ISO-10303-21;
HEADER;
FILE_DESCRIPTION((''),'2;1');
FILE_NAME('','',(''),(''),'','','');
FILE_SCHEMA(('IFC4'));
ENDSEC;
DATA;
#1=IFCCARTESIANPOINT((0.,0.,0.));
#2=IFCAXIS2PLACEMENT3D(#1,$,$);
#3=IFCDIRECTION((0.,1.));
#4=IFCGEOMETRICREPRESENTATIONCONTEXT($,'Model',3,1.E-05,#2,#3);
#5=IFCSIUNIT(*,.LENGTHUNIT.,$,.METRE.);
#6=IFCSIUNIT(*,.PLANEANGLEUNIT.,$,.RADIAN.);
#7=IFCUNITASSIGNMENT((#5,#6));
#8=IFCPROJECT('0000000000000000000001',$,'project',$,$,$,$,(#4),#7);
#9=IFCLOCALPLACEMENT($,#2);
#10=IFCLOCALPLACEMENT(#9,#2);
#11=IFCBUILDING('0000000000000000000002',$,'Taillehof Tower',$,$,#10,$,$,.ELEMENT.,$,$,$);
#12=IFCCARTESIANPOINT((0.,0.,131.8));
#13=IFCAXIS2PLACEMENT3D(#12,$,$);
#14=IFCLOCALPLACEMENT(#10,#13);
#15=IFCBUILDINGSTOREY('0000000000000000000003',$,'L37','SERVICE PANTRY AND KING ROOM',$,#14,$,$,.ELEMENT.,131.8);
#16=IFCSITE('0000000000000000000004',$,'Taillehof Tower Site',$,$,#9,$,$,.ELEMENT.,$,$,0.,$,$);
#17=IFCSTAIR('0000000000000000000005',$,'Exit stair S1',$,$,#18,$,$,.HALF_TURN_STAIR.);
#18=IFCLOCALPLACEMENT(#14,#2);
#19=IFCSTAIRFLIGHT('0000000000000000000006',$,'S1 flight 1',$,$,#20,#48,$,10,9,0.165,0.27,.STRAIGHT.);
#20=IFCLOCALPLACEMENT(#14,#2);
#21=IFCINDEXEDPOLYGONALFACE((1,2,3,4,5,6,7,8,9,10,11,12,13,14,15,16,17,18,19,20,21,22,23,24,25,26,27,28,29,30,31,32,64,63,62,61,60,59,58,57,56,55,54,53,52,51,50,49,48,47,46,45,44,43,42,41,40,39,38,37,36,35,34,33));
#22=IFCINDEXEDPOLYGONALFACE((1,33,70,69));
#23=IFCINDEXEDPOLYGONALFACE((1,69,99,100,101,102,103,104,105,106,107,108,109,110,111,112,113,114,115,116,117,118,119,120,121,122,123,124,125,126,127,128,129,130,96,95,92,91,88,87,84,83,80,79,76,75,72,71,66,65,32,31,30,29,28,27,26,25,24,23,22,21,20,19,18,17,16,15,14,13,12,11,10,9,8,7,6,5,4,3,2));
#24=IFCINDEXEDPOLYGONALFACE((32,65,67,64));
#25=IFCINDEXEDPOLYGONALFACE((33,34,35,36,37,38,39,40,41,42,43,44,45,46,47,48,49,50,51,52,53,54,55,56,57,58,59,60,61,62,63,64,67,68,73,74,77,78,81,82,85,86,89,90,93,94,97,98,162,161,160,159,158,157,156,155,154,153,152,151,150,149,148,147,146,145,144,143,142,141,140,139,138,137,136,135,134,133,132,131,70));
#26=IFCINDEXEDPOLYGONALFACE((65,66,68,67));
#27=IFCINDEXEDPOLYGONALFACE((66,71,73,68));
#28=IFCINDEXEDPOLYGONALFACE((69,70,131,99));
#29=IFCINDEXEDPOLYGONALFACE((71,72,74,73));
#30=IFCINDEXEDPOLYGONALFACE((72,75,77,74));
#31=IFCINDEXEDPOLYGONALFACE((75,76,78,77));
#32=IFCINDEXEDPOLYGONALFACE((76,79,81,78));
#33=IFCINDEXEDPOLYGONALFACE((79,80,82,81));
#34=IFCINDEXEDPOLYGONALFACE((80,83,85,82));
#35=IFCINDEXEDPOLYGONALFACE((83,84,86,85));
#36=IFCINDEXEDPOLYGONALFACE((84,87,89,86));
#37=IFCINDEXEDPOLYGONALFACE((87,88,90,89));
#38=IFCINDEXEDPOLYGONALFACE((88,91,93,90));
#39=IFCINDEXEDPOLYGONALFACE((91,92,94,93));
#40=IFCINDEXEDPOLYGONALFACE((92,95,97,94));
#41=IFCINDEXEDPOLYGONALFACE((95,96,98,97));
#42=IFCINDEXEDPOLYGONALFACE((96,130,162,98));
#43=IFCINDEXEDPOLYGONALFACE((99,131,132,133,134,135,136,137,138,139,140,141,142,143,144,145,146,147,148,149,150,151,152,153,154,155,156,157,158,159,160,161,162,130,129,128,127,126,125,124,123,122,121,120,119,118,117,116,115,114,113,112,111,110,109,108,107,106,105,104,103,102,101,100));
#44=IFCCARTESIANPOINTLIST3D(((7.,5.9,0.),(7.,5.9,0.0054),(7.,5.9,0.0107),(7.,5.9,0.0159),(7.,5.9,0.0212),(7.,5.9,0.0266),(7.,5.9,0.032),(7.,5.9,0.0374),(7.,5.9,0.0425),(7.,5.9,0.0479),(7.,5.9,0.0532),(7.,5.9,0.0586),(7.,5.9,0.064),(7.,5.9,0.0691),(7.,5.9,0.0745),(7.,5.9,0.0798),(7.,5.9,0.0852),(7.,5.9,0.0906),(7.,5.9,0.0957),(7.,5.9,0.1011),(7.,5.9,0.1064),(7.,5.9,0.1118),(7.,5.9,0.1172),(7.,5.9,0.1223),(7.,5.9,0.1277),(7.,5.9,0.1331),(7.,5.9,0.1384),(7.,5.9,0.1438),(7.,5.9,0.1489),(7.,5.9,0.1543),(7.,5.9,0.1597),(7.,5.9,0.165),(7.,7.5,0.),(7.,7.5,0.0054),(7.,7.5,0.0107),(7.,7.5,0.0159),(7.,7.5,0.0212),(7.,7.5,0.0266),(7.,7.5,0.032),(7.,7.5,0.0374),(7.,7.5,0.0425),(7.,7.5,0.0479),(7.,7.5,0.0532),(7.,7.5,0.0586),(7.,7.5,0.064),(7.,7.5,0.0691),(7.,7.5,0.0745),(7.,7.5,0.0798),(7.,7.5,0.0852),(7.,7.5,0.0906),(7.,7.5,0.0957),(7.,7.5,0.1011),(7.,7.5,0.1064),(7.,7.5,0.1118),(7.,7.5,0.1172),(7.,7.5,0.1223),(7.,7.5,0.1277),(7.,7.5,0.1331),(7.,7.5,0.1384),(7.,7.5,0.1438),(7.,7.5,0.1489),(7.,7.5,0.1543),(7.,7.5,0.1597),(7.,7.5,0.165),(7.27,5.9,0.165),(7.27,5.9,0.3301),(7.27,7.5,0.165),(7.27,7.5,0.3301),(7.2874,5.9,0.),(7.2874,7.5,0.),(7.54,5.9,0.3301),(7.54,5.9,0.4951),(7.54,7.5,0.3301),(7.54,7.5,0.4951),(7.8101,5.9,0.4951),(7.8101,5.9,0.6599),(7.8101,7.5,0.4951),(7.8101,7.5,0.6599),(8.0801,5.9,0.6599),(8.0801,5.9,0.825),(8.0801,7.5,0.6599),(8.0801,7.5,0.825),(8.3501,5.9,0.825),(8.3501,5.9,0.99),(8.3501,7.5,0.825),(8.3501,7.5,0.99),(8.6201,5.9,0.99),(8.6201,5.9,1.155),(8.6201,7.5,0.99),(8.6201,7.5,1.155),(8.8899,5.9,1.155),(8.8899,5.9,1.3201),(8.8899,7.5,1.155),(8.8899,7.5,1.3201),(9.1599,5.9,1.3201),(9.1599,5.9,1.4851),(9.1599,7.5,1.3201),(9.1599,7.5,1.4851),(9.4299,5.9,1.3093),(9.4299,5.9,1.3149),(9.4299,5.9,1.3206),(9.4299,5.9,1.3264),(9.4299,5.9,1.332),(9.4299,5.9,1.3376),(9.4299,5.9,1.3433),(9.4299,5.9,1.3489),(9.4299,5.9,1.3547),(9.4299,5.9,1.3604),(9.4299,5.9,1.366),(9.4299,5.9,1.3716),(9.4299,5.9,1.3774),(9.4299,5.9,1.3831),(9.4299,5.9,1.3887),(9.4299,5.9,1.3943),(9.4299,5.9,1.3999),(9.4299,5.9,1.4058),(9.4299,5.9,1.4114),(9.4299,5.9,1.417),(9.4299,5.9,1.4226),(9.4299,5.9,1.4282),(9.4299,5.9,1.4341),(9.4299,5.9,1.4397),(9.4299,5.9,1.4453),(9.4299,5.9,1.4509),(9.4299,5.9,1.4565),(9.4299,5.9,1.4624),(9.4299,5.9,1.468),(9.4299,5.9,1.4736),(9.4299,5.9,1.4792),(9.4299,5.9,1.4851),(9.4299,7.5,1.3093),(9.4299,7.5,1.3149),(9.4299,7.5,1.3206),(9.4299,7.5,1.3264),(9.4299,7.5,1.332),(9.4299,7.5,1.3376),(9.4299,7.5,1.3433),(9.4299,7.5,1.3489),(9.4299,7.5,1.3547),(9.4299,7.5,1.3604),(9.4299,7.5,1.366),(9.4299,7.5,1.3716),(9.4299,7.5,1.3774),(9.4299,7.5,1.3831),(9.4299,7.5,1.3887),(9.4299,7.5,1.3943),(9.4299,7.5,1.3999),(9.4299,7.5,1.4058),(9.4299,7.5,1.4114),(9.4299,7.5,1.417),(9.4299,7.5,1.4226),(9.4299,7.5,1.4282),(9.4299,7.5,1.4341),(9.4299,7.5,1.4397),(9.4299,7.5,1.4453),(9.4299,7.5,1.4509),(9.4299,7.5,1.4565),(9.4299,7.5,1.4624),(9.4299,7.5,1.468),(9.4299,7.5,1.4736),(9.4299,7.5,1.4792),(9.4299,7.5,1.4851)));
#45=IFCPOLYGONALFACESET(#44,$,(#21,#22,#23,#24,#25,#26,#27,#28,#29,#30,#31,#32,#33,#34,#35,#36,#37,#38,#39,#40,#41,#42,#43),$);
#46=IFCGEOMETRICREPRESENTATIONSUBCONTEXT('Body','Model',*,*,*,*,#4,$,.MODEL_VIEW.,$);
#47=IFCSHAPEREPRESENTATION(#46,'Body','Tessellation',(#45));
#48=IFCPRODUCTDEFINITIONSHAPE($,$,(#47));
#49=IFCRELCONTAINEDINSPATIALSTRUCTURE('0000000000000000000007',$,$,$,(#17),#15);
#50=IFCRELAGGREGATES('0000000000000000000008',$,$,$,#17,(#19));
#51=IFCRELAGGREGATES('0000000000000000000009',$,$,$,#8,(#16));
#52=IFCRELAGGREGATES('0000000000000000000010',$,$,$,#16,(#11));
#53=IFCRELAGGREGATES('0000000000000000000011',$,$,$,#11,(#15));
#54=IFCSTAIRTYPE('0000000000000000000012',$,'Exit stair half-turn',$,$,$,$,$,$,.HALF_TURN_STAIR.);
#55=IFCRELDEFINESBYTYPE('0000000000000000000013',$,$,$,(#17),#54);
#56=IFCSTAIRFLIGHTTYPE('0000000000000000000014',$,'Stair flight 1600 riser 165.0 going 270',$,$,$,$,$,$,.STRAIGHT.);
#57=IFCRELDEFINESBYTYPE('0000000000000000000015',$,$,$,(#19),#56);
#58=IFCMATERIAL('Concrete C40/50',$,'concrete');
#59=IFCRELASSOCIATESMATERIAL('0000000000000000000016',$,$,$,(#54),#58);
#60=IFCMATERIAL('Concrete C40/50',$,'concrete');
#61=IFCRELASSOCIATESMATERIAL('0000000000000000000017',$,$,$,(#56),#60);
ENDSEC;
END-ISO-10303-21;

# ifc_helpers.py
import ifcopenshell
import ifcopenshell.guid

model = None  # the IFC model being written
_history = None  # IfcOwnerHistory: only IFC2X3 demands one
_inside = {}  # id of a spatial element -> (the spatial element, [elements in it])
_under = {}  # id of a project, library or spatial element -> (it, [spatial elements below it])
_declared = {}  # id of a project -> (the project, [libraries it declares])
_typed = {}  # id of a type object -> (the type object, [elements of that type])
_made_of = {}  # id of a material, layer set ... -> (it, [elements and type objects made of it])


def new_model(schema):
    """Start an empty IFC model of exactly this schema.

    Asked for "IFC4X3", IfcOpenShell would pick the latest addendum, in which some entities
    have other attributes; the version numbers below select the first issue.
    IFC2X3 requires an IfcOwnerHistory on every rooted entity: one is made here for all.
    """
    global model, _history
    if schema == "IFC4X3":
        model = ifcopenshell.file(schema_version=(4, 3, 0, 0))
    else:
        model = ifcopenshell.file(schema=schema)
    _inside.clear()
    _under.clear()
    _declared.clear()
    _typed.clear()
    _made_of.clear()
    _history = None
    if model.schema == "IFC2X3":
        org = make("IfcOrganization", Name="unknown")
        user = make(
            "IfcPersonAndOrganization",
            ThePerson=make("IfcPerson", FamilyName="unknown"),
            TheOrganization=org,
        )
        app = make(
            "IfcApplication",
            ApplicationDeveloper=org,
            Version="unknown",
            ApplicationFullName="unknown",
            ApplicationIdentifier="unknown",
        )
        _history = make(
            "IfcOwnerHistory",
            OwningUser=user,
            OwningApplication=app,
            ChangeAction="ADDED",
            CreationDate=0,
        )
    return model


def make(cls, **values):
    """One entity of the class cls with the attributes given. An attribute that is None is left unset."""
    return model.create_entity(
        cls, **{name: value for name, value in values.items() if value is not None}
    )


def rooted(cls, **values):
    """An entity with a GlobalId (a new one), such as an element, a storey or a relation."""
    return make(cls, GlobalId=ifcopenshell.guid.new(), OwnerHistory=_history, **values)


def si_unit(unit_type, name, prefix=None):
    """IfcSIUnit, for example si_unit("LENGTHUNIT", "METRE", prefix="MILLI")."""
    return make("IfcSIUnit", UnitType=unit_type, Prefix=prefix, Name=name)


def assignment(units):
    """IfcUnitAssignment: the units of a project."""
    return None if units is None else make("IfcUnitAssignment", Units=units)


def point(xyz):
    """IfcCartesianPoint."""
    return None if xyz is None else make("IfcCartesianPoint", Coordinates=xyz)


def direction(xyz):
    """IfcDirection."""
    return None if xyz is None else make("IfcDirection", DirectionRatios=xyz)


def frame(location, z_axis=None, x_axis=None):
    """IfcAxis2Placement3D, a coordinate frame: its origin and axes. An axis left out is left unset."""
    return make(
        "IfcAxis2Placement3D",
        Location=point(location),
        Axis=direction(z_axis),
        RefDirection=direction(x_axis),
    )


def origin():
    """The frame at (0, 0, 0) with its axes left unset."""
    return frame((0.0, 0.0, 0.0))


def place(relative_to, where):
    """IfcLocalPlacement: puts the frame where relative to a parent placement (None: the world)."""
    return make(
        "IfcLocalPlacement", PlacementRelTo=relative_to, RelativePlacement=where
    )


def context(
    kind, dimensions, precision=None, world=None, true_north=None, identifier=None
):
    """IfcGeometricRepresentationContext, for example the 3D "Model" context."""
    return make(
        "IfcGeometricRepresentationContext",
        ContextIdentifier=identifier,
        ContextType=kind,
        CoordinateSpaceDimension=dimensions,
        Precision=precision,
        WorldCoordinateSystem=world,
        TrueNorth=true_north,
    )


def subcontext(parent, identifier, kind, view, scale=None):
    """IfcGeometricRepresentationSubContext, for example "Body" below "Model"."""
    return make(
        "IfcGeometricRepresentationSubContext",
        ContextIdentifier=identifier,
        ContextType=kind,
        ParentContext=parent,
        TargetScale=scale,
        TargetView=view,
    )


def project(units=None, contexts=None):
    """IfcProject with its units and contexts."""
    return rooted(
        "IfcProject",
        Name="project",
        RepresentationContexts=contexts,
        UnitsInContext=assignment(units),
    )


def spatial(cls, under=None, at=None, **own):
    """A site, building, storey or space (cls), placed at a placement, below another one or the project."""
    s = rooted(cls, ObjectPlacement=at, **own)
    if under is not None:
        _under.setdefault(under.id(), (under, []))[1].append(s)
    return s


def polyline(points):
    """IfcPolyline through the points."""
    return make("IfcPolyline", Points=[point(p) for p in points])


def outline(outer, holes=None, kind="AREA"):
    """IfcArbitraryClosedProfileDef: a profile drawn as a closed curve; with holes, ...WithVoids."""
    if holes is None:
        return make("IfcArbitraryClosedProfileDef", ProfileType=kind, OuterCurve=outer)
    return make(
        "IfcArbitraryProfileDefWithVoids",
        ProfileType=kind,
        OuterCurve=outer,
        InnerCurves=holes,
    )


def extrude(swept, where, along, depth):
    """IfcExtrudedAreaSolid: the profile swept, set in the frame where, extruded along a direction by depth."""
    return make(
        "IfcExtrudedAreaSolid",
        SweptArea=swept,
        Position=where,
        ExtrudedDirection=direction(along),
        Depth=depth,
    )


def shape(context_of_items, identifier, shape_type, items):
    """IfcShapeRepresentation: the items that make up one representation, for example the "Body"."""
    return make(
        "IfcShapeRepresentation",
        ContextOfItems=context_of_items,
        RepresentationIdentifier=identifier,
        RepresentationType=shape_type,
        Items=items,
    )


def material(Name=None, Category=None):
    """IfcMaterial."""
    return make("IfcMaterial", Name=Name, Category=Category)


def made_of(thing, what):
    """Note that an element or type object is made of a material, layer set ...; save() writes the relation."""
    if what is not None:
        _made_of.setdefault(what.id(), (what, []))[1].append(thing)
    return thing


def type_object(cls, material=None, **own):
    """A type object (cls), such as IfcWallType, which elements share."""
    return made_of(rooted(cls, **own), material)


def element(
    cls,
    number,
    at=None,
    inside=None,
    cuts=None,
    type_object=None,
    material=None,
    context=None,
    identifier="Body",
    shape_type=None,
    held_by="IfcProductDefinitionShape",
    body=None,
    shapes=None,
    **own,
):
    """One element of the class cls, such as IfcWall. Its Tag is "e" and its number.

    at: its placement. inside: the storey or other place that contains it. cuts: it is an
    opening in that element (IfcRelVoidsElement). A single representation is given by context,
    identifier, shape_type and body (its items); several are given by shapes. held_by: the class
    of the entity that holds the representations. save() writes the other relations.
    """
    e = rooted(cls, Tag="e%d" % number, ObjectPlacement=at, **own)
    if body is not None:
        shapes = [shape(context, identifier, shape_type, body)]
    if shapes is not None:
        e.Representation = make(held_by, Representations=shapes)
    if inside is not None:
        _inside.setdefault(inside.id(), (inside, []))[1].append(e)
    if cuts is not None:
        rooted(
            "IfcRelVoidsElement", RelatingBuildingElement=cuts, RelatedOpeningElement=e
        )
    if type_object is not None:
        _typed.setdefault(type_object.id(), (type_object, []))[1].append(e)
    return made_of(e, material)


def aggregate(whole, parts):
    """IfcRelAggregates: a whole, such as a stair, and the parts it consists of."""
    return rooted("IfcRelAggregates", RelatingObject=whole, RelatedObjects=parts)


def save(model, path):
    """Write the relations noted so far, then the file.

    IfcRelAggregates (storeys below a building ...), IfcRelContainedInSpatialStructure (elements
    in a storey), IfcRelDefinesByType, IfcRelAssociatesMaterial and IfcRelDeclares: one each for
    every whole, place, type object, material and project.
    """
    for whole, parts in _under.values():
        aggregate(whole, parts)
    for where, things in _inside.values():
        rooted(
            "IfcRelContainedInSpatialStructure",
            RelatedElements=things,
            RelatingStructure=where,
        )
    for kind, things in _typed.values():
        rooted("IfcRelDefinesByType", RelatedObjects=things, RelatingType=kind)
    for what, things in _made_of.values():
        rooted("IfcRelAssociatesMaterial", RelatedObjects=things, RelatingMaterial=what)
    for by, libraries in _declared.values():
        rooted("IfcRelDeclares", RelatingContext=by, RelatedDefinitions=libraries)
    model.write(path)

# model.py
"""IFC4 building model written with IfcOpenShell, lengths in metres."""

from ifc_helpers import new_model, si_unit, direction, frame, origin, place, context, subcontext, project, spatial, polyline, outline, extrude, material, type_object, element, aggregate, save


model = new_model("IFC4")

# Units and contexts
model_context = context("Model", 3, precision=1e-05, world=origin(), true_north=direction((0.0, 1.0)))
body_context = subcontext(model_context, "Body", "Model", "MODEL_VIEW")
ifc_project = project(units=[si_unit("LENGTHUNIT", "METRE"), si_unit("PLANEANGLEUNIT", "RADIAN")], contexts=[model_context])

# Site, building, storey
site_placement = place(None, origin())
site = spatial("IfcSite", under=ifc_project, at=site_placement, Name="Taillehof Tower Site", CompositionType="ELEMENT", RefElevation=0.0)
building_placement = place(site_placement, origin())
building = spatial("IfcBuilding", under=site, at=building_placement, Name="Taillehof Tower", CompositionType="ELEMENT")
storey_placement = place(building_placement, frame((0.0, 0.0, 131.8)))
storey = spatial("IfcBuildingStorey", under=building, at=storey_placement, Name="L37", Description="SERVICE PANTRY AND KING ROOM", CompositionType="ELEMENT", Elevation=131.8)

# Stair
ifc_material_1 = material(Name="Concrete C40/50", Category="concrete")
stair_type = type_object("IfcStairType", Name="Exit stair half-turn", PredefinedType="HALF_TURN_STAIR", material=ifc_material_1)
stair_1_placement = place(storey_placement, origin())
stair_1 = element("IfcStair", 1, at=stair_1_placement, inside=storey, type_object=stair_type, Name="Exit stair S1", PredefinedType="HALF_TURN_STAIR")

# Stair flight
ifc_material_2 = material(Name="Concrete C40/50", Category="concrete")
stair_flight_type = type_object("IfcStairFlightType", Name="Stair flight 1600 riser 165.0 going 270", PredefinedType="STRAIGHT", material=ifc_material_2)
stair_flight_placement = place(storey_placement, frame((7.0, 6.7, 0.0), z_axis=(0.0, 0.0, 1.0), x_axis=(1.0, 0.0, 0.0)))
stair_flight = element("IfcStairFlight", 2, at=stair_flight_placement, type_object=stair_flight_type, Name="S1 flight 1", NumberOfRisers=10, NumberOfTreads=9, PredefinedType="STRAIGHT", RiserHeight=0.165, TreadLength=0.27, context=body_context, shape_type="SweptSolid", body=[
    extrude(outline(polyline([(0.0, 0.0), (0.0, 0.0054), (0.0, 0.0107), (0.0, 0.0159), (0.0, 0.0212), (0.0, 0.0266), (0.0, 0.032), (0.0, 0.0374), (0.0, 0.0425), (0.0, 0.0479), (0.0, 0.0532), (0.0, 0.0586), (0.0, 0.064), (0.0, 0.0691), (0.0, 0.0745), (0.0, 0.0798), (0.0, 0.0852), (0.0, 0.0906), (0.0, 0.0957), (0.0, 0.1011), (0.0, 0.1064), (0.0, 0.1118), (0.0, 0.1172), (0.0, 0.1223), (0.0, 0.1277), (0.0, 0.1331), (0.0, 0.1384), (0.0, 0.1438), (0.0, 0.1489), (0.0, 0.1543), (0.0, 0.1597), (0.0, 0.165), (0.27, 0.165), (0.27, 0.3301), (0.54, 0.3301), (0.54, 0.4951), (0.8101, 0.4951), (0.8101, 0.6599), (1.0801, 0.6599), (1.0801, 0.825), (1.3501, 0.825), (1.3501, 0.99), (1.6201, 0.99), (1.6201, 1.155), (1.8899, 1.155), (1.8899, 1.3201), (2.1599, 1.3201), (2.1599, 1.4851), (2.4299, 1.4851), (2.4299, 1.4792), (2.4299, 1.4736), (2.4299, 1.468), (2.4299, 1.4624), (2.4299, 1.4565), (2.4299, 1.4509), (2.4299, 1.4453), (2.4299, 1.4397), (2.4299, 1.4341), (2.4299, 1.4282), (2.4299, 1.4226), (2.4299, 1.417), (2.4299, 1.4114), (2.4299, 1.4058), (2.4299, 1.3999), (2.4299, 1.3943), (2.4299, 1.3887), (2.4299, 1.3831), (2.4299, 1.3774), (2.4299, 1.3716), (2.4299, 1.366), (2.4299, 1.3604), (2.4299, 1.3547), (2.4299, 1.3489), (2.4299, 1.3433), (2.4299, 1.3376), (2.4299, 1.332), (2.4299, 1.3264), (2.4299, 1.3206), (2.4299, 1.3149), (2.4299, 1.3093), (0.2874, 0.0), (0.0, 0.0)])), frame((0.0, 0.8, 0.0), z_axis=(0.0, -1.0, 0.0), x_axis=(1.0, 0.0, 0.0)), (0.0, 0.0, 1.0), 1.6),
])
aggregate(stair_1, [stair_flight])

save(model, "model.ifc")
